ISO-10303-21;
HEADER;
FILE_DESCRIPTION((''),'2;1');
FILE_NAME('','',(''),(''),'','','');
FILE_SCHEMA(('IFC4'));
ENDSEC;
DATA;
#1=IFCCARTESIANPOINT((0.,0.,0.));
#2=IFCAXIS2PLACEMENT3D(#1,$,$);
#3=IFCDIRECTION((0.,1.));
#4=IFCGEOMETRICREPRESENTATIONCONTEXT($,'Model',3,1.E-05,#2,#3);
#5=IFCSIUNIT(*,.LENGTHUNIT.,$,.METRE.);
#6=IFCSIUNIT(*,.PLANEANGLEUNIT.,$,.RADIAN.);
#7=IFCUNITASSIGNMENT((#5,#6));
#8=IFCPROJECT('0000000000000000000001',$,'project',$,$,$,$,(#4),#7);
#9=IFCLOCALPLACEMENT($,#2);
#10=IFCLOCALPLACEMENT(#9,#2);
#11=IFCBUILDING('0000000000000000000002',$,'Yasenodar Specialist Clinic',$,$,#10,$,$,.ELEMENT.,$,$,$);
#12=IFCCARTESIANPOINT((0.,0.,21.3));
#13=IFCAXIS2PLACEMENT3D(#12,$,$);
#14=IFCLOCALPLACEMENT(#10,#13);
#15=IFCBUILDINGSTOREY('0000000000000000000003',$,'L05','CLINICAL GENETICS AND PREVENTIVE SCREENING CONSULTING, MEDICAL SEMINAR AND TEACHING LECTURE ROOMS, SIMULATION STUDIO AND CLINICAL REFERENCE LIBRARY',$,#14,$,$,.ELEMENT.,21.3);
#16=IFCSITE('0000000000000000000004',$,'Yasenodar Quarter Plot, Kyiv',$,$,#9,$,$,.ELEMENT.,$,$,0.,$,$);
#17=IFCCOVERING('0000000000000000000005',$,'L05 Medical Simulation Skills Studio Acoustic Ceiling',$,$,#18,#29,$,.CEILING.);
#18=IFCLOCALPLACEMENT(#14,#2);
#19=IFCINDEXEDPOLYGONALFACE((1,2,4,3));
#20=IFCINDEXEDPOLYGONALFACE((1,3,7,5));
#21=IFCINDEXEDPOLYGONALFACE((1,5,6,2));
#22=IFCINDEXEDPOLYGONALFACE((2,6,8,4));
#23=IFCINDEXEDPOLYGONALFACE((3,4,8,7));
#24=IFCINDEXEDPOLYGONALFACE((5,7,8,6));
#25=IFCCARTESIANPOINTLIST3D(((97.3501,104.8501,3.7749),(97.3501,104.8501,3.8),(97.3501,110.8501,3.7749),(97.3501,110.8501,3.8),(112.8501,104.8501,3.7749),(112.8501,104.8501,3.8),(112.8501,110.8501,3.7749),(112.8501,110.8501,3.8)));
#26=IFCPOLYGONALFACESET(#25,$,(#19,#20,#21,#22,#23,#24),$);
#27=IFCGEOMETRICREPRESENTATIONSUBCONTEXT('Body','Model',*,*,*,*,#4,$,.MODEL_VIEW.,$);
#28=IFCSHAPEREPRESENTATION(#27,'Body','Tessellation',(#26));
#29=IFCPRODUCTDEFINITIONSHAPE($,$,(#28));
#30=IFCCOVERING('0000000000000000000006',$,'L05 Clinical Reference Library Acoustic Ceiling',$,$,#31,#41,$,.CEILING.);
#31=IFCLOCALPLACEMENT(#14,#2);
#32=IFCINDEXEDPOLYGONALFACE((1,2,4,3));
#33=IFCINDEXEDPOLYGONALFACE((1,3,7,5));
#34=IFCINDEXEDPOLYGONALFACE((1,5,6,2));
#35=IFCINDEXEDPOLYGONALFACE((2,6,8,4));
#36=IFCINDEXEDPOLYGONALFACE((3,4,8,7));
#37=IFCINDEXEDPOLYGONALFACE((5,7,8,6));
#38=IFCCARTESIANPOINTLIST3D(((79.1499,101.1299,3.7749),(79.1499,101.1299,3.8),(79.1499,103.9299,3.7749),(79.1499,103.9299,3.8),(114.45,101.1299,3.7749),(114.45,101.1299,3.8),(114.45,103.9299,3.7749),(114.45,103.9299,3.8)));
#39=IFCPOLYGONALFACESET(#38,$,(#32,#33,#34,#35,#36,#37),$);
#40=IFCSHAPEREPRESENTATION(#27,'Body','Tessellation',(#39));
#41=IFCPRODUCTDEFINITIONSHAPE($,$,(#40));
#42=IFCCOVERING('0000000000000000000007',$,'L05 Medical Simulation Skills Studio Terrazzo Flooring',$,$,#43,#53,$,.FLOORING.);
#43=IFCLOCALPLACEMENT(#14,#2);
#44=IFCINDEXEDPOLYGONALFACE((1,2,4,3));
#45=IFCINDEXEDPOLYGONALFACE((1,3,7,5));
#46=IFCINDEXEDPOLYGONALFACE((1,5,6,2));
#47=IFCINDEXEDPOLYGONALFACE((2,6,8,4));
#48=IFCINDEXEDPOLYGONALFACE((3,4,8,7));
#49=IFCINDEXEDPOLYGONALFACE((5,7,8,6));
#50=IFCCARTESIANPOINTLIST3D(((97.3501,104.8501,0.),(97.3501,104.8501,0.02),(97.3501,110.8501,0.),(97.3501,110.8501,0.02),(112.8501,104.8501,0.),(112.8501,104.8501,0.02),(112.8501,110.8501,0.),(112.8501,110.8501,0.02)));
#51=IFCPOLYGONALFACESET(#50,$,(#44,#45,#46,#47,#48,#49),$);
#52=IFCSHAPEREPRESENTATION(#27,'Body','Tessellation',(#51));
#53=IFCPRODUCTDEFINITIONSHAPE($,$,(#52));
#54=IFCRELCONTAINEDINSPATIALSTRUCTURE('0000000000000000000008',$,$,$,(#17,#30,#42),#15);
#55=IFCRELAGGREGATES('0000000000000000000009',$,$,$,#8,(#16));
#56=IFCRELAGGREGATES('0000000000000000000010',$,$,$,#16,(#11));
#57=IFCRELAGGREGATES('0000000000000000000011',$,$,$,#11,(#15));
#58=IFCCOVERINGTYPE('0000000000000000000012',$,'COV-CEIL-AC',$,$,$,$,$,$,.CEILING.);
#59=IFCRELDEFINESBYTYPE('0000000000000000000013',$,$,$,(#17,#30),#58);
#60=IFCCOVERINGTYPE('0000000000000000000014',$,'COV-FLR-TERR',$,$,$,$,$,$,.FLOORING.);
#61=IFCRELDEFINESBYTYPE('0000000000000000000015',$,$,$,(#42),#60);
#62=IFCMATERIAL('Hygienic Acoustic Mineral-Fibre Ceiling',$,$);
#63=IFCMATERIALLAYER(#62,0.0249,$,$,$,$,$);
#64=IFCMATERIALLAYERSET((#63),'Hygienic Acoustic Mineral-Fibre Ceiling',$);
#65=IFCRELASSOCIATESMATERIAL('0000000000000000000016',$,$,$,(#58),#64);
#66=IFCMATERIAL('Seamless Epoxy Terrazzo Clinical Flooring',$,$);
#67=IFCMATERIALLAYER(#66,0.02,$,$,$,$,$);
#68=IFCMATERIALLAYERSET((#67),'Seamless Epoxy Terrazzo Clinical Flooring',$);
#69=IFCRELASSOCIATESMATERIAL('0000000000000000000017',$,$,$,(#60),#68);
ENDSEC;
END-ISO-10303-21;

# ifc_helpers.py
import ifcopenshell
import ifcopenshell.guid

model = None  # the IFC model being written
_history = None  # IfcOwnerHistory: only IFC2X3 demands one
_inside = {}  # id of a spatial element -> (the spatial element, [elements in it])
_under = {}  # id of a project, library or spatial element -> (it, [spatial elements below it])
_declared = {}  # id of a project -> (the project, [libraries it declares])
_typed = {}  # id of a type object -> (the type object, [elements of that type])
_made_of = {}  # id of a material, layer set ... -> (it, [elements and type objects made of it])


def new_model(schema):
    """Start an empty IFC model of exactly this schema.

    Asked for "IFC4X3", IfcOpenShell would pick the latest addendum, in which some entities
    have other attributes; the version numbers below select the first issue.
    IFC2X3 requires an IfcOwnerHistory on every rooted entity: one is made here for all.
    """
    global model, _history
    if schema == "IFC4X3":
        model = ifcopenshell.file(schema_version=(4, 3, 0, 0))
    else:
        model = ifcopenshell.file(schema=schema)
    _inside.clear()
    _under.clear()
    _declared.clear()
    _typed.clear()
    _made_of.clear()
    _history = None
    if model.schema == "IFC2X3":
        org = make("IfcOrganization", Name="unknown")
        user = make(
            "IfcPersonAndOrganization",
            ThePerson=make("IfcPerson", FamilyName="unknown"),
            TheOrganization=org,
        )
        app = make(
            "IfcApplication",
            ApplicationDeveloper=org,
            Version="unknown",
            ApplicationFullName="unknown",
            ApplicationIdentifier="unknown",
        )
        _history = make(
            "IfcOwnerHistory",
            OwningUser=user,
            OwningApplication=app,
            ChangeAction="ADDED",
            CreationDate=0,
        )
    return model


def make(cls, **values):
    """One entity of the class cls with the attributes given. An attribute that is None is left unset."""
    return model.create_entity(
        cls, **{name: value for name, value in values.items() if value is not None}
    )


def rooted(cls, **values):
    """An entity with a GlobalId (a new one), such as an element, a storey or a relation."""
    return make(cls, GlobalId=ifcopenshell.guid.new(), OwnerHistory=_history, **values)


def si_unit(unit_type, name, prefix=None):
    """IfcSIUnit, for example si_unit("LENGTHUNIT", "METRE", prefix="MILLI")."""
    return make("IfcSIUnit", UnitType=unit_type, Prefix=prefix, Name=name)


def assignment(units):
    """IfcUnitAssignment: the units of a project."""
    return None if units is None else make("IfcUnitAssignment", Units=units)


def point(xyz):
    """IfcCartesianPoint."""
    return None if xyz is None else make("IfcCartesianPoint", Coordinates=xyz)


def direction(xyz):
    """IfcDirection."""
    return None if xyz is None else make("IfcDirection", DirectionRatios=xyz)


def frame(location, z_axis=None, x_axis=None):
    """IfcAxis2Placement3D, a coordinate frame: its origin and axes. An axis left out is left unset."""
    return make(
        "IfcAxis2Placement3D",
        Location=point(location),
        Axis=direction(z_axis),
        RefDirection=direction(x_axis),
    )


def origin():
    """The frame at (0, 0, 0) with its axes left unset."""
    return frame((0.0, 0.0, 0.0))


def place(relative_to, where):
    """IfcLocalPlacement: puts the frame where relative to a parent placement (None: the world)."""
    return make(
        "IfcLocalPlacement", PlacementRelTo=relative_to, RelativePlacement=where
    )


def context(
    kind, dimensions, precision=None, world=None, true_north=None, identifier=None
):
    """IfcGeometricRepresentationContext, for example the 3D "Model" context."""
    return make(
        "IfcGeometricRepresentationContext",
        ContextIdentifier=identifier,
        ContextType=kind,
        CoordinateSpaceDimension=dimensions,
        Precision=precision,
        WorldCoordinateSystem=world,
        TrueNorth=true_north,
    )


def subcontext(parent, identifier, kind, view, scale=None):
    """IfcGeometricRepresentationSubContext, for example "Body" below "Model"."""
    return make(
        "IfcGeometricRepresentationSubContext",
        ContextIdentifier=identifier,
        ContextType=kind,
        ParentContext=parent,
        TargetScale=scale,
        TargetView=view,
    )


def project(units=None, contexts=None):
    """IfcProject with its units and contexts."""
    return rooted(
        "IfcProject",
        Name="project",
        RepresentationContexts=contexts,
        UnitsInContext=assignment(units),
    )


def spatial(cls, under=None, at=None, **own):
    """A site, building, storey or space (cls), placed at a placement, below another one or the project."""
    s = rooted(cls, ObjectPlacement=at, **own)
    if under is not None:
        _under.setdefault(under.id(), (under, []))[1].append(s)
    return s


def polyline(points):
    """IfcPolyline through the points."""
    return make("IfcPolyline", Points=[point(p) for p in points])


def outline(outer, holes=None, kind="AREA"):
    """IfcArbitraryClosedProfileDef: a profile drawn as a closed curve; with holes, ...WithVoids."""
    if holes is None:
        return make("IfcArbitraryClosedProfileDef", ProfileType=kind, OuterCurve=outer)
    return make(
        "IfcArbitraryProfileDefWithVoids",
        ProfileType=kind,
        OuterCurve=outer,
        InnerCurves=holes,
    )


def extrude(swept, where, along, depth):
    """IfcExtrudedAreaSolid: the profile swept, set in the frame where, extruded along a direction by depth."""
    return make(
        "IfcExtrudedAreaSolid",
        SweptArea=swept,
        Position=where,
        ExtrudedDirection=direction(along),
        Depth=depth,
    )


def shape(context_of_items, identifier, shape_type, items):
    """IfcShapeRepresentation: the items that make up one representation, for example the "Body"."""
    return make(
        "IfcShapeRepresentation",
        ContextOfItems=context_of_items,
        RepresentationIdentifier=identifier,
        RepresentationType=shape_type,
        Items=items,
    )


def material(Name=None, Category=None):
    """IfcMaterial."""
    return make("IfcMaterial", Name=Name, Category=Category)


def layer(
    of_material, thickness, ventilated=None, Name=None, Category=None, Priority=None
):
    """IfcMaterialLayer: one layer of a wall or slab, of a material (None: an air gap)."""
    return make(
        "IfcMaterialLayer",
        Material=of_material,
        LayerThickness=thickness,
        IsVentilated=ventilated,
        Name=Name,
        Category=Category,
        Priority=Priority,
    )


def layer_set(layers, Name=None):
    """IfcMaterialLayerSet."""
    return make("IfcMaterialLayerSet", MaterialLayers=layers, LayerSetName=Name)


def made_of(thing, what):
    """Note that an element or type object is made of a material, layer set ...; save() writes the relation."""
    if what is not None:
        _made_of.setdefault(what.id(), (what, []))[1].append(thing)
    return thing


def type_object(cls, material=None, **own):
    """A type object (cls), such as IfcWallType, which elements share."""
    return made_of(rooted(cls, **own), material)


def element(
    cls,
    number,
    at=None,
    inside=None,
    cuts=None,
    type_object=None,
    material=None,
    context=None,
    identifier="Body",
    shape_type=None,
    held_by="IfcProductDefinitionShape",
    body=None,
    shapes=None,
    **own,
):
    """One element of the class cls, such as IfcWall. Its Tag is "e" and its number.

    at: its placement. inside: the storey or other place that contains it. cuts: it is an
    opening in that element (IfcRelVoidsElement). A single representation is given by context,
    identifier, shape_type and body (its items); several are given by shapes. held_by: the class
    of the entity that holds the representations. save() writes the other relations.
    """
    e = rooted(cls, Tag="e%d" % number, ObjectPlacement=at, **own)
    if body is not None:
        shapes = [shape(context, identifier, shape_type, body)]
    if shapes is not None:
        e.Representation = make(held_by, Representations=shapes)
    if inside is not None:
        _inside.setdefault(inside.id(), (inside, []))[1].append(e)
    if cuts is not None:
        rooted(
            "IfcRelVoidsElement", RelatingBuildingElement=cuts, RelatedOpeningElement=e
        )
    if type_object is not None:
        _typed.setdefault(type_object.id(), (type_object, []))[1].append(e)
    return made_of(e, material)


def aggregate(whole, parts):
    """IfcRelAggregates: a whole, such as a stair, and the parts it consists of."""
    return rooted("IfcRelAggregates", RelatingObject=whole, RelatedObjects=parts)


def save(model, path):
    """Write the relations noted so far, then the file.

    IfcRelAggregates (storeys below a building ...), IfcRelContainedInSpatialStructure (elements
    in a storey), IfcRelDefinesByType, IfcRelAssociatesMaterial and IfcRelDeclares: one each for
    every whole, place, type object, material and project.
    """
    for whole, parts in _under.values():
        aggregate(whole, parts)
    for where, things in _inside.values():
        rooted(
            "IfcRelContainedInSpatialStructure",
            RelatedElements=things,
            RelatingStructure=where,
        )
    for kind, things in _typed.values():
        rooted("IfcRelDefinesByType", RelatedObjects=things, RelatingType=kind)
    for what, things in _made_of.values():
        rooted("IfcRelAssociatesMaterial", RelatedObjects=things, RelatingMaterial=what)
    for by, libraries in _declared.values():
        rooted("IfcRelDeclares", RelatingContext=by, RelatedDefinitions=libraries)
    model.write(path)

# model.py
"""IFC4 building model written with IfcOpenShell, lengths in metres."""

from ifc_helpers import new_model, si_unit, direction, frame, origin, place, context, subcontext, project, spatial, polyline, outline, extrude, material, layer, layer_set, type_object, element, save


model = new_model("IFC4")

# Units and contexts
model_context = context("Model", 3, precision=1e-05, world=origin(), true_north=direction((0.0, 1.0)))
body_context = subcontext(model_context, "Body", "Model", "MODEL_VIEW")
ifc_project = project(units=[si_unit("LENGTHUNIT", "METRE"), si_unit("PLANEANGLEUNIT", "RADIAN")], contexts=[model_context])

# Site, building, storey
site_placement = place(None, origin())
site = spatial("IfcSite", under=ifc_project, at=site_placement, Name="Yasenodar Quarter Plot, Kyiv", CompositionType="ELEMENT", RefElevation=0.0)
building_placement = place(site_placement, origin())
building = spatial("IfcBuilding", under=site, at=building_placement, Name="Yasenodar Specialist Clinic", CompositionType="ELEMENT")
storey_placement = place(building_placement, frame((0.0, 0.0, 21.3)))
storey = spatial("IfcBuildingStorey", under=building, at=storey_placement, Name="L05", Description="CLINICAL GENETICS AND PREVENTIVE SCREENING CONSULTING, MEDICAL SEMINAR AND TEACHING LECTURE ROOMS, SIMULATION STUDIO AND CLINICAL REFERENCE LIBRARY", CompositionType="ELEMENT", Elevation=21.3)

# Coverings
ifc_material_1 = material(Name="Hygienic Acoustic Mineral-Fibre Ceiling")
ifc_layer_1 = layer(ifc_material_1, 0.0249)
ifc_layer_set_1 = layer_set([ifc_layer_1], Name="Hygienic Acoustic Mineral-Fibre Ceiling")
covering_type_1 = type_object("IfcCoveringType", Name="COV-CEIL-AC", PredefinedType="CEILING", material=ifc_layer_set_1)
covering_1_placement = place(storey_placement, frame((0.0, 0.0, 3.7749)))
element("IfcCovering", 1, at=covering_1_placement, inside=storey, type_object=covering_type_1, Name="L05 Medical Simulation Skills Studio Acoustic Ceiling", PredefinedType="CEILING", context=body_context, shape_type="SweptSolid", body=[
    extrude(outline(polyline([(112.8501, 104.8501), (97.3501, 104.8501), (97.3501, 110.8501), (112.8501, 110.8501), (112.8501, 104.8501)])), origin(), (0.0, 0.0, 1.0), 0.0251),
])
covering_2_placement = place(storey_placement, frame((0.0, 0.0, 3.7749)))
element("IfcCovering", 2, at=covering_2_placement, inside=storey, type_object=covering_type_1, Name="L05 Clinical Reference Library Acoustic Ceiling", PredefinedType="CEILING", context=body_context, shape_type="SweptSolid", body=[
    extrude(outline(polyline([(114.45, 103.9299), (114.45, 101.1299), (79.1499, 101.1299), (79.1499, 103.9299), (114.45, 103.9299)])), origin(), (0.0, 0.0, 1.0), 0.0251),
])
ifc_material_2 = material(Name="Seamless Epoxy Terrazzo Clinical Flooring")
ifc_layer_2 = layer(ifc_material_2, 0.02)
ifc_layer_set_2 = layer_set([ifc_layer_2], Name="Seamless Epoxy Terrazzo Clinical Flooring")
covering_type_2 = type_object("IfcCoveringType", Name="COV-FLR-TERR", PredefinedType="FLOORING", material=ifc_layer_set_2)
covering_3_placement = place(storey_placement, origin())
element("IfcCovering", 3, at=covering_3_placement, inside=storey, type_object=covering_type_2, Name="L05 Medical Simulation Skills Studio Terrazzo Flooring", PredefinedType="FLOORING", context=body_context, shape_type="SweptSolid", body=[
    extrude(outline(polyline([(112.8501, 104.8501), (97.3501, 104.8501), (97.3501, 110.8501), (112.8501, 110.8501), (112.8501, 104.8501)])), origin(), (0.0, 0.0, 1.0), 0.02),
])

save(model, "model.ifc")
